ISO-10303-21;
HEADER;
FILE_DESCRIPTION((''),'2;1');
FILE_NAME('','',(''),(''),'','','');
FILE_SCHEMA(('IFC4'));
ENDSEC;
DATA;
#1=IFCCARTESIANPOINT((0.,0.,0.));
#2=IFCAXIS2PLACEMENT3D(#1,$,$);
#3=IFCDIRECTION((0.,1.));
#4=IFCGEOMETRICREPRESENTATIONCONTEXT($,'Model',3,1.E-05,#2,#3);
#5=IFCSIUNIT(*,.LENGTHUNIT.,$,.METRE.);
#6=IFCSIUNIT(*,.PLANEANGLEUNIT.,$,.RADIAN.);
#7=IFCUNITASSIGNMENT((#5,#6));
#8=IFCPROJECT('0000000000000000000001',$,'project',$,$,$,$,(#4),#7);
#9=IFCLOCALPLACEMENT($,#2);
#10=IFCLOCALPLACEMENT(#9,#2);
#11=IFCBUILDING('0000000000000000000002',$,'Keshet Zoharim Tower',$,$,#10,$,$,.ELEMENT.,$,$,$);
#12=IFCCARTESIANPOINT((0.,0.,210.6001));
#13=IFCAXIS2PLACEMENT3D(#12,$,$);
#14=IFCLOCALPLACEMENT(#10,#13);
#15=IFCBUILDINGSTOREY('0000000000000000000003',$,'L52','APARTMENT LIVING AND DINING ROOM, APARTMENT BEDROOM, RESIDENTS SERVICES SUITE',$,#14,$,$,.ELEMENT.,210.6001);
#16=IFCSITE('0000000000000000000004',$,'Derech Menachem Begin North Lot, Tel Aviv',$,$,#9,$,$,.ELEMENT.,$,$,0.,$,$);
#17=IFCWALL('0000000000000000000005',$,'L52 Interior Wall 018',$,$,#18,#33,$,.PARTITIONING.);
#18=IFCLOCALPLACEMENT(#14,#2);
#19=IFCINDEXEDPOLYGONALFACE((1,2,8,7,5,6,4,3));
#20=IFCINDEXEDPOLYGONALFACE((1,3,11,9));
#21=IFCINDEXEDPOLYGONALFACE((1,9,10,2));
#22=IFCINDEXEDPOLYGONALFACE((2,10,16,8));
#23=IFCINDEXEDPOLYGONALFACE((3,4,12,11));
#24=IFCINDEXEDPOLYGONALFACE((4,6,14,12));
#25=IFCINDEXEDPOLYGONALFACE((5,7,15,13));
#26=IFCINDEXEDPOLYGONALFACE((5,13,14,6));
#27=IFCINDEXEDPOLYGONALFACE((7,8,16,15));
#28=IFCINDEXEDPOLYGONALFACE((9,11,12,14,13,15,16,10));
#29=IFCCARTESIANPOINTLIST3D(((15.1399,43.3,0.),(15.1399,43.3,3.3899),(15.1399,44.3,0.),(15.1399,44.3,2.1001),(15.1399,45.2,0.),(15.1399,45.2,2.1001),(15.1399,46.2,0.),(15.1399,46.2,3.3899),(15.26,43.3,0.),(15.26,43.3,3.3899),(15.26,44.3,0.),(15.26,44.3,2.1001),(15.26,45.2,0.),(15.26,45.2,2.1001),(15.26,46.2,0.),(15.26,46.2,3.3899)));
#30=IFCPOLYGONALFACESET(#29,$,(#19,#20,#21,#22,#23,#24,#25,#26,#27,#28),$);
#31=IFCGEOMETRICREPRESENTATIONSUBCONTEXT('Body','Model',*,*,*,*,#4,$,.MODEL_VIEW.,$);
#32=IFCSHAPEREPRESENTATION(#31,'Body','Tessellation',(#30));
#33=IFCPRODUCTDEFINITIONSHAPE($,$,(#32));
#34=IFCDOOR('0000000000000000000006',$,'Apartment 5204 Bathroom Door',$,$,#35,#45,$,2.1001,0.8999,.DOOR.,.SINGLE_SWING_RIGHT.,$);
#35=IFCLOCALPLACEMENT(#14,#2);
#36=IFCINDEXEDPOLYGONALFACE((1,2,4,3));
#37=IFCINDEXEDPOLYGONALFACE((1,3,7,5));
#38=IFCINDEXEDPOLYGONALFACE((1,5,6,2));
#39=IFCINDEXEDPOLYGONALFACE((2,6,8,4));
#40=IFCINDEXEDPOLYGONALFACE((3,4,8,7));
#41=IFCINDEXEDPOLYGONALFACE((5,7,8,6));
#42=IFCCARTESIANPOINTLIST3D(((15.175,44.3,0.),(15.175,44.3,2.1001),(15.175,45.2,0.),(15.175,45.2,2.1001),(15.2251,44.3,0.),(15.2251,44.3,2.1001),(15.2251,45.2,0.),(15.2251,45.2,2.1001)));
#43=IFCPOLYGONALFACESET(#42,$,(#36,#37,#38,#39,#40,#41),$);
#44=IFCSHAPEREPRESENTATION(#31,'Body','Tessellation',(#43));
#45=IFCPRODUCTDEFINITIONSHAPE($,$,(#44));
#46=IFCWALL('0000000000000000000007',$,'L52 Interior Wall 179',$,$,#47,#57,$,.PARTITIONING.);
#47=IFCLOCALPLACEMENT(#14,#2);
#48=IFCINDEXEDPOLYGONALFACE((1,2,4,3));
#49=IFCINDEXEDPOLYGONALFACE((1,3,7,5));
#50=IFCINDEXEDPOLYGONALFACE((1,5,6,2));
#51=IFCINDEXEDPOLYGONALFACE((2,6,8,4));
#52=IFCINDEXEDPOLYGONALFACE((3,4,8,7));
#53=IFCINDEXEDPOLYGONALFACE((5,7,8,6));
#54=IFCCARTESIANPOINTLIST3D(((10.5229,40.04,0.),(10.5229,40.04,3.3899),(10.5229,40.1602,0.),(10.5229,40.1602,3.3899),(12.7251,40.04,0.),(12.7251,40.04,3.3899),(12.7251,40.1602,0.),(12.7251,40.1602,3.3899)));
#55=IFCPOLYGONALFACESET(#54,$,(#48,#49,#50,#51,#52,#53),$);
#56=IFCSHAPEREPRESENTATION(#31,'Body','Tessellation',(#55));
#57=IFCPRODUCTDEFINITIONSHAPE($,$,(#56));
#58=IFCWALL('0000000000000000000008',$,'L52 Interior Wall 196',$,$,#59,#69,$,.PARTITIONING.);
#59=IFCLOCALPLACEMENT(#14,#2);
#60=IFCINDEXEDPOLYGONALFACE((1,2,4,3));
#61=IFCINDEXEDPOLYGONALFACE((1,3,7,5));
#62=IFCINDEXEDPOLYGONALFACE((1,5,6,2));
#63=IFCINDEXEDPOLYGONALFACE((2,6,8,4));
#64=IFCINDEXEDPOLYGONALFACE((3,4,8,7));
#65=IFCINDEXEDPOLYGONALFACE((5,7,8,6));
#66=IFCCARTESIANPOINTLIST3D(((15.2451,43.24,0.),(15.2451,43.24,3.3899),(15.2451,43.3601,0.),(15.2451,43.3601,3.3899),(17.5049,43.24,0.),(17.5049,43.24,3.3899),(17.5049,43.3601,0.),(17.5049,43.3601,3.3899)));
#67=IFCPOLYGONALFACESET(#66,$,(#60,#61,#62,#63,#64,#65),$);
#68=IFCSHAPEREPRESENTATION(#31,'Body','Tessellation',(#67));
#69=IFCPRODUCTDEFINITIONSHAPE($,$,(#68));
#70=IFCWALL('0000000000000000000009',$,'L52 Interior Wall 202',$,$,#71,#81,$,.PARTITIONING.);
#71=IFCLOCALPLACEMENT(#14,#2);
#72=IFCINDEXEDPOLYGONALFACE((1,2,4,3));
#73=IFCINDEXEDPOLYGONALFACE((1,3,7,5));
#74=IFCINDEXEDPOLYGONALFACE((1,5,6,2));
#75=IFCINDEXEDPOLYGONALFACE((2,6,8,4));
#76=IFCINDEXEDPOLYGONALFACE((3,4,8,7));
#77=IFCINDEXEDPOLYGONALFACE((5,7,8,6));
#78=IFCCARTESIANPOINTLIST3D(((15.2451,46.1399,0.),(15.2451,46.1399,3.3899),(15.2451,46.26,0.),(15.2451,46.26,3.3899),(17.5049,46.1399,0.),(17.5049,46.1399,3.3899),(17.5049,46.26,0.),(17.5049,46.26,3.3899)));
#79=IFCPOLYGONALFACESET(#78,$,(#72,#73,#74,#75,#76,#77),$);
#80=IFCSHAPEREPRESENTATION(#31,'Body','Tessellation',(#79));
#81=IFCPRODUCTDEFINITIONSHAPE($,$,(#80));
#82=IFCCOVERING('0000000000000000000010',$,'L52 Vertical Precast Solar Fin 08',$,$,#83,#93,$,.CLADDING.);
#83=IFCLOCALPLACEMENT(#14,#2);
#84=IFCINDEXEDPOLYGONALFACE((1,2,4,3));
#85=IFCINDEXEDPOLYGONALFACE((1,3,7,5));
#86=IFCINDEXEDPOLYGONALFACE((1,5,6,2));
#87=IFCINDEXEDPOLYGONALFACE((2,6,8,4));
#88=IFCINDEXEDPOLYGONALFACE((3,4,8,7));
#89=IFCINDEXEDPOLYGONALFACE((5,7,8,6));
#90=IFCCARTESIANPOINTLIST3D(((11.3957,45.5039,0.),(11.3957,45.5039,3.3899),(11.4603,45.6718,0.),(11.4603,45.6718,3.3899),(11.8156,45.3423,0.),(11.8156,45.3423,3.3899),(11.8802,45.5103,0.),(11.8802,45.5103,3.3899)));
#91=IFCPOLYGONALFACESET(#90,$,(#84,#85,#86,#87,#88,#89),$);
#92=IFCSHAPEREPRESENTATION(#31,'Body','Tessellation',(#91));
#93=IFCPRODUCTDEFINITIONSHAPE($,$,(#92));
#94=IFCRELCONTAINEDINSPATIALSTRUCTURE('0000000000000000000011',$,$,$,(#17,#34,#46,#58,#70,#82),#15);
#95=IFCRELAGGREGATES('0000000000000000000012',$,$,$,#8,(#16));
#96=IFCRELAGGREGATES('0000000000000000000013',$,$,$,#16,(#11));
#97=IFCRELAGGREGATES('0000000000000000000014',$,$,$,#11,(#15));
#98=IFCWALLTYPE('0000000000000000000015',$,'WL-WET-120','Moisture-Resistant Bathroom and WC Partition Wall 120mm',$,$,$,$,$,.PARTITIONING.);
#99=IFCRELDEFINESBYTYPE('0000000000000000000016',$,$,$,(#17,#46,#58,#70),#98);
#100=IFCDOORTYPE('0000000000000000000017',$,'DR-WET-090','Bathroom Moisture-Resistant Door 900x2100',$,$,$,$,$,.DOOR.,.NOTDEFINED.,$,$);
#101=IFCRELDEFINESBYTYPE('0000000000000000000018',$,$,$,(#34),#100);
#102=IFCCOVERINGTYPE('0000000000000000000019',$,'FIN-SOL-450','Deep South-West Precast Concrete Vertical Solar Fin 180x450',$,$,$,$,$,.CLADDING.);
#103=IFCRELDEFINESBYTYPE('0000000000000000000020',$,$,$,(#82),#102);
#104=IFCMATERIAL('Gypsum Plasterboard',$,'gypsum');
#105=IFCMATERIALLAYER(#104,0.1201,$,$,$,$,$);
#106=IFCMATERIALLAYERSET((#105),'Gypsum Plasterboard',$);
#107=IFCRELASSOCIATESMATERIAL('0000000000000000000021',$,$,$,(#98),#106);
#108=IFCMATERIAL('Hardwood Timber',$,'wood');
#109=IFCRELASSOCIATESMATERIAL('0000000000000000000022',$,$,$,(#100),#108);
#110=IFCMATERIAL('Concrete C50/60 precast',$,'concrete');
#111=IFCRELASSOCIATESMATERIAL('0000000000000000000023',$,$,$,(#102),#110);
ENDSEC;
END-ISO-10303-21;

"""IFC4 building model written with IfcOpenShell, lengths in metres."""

from ifc_helpers import new_model, si_unit, direction, frame, frame_2d, origin, origin_2d, place, context, subcontext, project, spatial, rectangle, extrude, material, layer, layer_set, type_object, element, fill, save


model = new_model("IFC4")

# Units and contexts
model_context = context("Model", 3, precision=1e-05, world=origin(), true_north=direction((0.0, 1.0)))
body_context = subcontext(model_context, "Body", "Model", "MODEL_VIEW")
ifc_project = project(units=[si_unit("LENGTHUNIT", "METRE"), si_unit("PLANEANGLEUNIT", "RADIAN")], contexts=[model_context])

# Site, building, storey
site_placement = place(None, origin())
site = spatial("IfcSite", under=ifc_project, at=site_placement, Name="Derech Menachem Begin North Lot, Tel Aviv", CompositionType="ELEMENT", RefElevation=0.0)
building_placement = place(site_placement, origin())
building = spatial("IfcBuilding", under=site, at=building_placement, Name="Keshet Zoharim Tower", CompositionType="ELEMENT")
storey_placement = place(building_placement, frame((0.0, 0.0, 210.6001)))
storey = spatial("IfcBuildingStorey", under=building, at=storey_placement, Name="L52", Description="APARTMENT LIVING AND DINING ROOM, APARTMENT BEDROOM, RESIDENTS SERVICES SUITE", CompositionType="ELEMENT", Elevation=210.6001)

# Shared definitions
ifc_material_1 = material(Name="Gypsum Plasterboard", Category="gypsum")
ifc_material_2 = material(Name="Hardwood Timber", Category="wood")

# Wall, opening, door
ifc_layer_1 = layer(ifc_material_1, 0.1201)
ifc_layer_set_1 = layer_set([ifc_layer_1], Name="Gypsum Plasterboard")
wall_type_1 = type_object("IfcWallType", Name="WL-WET-120", Description="Moisture-Resistant Bathroom and WC Partition Wall 120mm", PredefinedType="PARTITIONING", material=ifc_layer_set_1)
wall_1_placement = place(storey_placement, frame((15.2, 43.3, 0.0), z_axis=(0.0, 0.0, 1.0), x_axis=(0.0, 1.0, 0.0)))
wall_1 = element("IfcWall", 1, at=wall_1_placement, inside=storey, type_object=wall_type_1, Name="L52 Interior Wall 018", PredefinedType="PARTITIONING", context=body_context, shape_type="SweptSolid", body=[
    extrude(rectangle(XDim=2.8999, YDim=0.1201, at=frame_2d((1.45, 0.0))), origin(), (0.0, 0.0, 1.0), 3.3899),
])
opening_1_placement = place(wall_1_placement, frame((1.0, 0.0, 0.0)))
opening_1 = element("IfcOpeningElement", 2, at=opening_1_placement, cuts=wall_1, PredefinedType="OPENING", context=body_context, shape_type="SweptSolid", body=[
    extrude(rectangle(XDim=0.8999, YDim=2.1001, at=frame_2d((0.45, 1.05))), frame((0.0, 0.0701, 0.0), z_axis=(0.0, -1.0, 0.0), x_axis=(1.0, 0.0, 0.0)), (0.0, 0.0, 1.0), 0.1401),
])
door_type_1 = type_object("IfcDoorType", Name="DR-WET-090", Description="Bathroom Moisture-Resistant Door 900x2100", OperationType="NOTDEFINED", PredefinedType="DOOR", material=ifc_material_2)
door_1_placement = place(opening_1_placement, origin())
door_1 = element("IfcDoor", 3, at=door_1_placement, inside=storey, type_object=door_type_1, Name="Apartment 5204 Bathroom Door", OperationType="SINGLE_SWING_RIGHT", OverallHeight=2.1001, OverallWidth=0.8999, PredefinedType="DOOR", context=body_context, shape_type="SweptSolid", body=[
    extrude(rectangle(XDim=0.8999, YDim=2.1001, at=frame_2d((0.45, 1.05))), frame((0.0, 0.0249, 0.0), z_axis=(0.0, -1.0, 0.0), x_axis=(1.0, 0.0, 0.0)), (0.0, 0.0, 1.0), 0.05),
])
fill(opening_1, door_1)

# Walls
wall_2_placement = place(storey_placement, frame((10.5229, 40.1001, 0.0), z_axis=(0.0, 0.0, 1.0), x_axis=(1.0, 0.0, 0.0)))
element("IfcWall", 4, at=wall_2_placement, inside=storey, type_object=wall_type_1, Name="L52 Interior Wall 179", PredefinedType="PARTITIONING", context=body_context, shape_type="SweptSolid", body=[
    extrude(rectangle(XDim=2.2021, YDim=0.1201, at=frame_2d((1.1011, 0.0))), origin(), (0.0, 0.0, 1.0), 3.3899),
])
for number, where, z_axis, x_axis, name in (
    (5, (15.2451, 43.3, 0.0), (0.0, 0.0, 1.0), (1.0, 0.0, 0.0), "L52 Interior Wall 196"),
    (6, (15.2451, 46.2, 0.0), (0.0, 0.0, 1.0), (1.0, 0.0, 0.0), "L52 Interior Wall 202"),
):
    element("IfcWall", number, at=place(storey_placement, frame(where, z_axis=z_axis, x_axis=x_axis)), inside=storey, type_object=wall_type_1, Name=name, PredefinedType="PARTITIONING", context=body_context, shape_type="SweptSolid", body=[
        extrude(rectangle(XDim=2.2598, YDim=0.1201, at=frame_2d((1.1299, 0.0))), origin(), (0.0, 0.0, 1.0), 3.3899),
    ])

# Covering
ifc_material_3 = material(Name="Concrete C50/60 precast", Category="concrete")
covering_type = type_object("IfcCoveringType", Name="FIN-SOL-450", Description="Deep South-West Precast Concrete Vertical Solar Fin 180x450", PredefinedType="CLADDING", material=ifc_material_3)
covering_placement = place(storey_placement, frame((11.6379, 45.5071, 0.0), z_axis=(0.0, 0.0, 1.0), x_axis=(0.35899, 0.933341, 0.0)))
element("IfcCovering", 7, at=covering_placement, inside=storey, type_object=covering_type, Name="L52 Vertical Precast Solar Fin 08", PredefinedType="CLADDING", context=body_context, shape_type="SweptSolid", body=[
    extrude(rectangle(XDim=0.1799, YDim=0.45, at=origin_2d()), origin(), (0.0, 0.0, 1.0), 3.3899),
])

save(model, "model.ifc")
